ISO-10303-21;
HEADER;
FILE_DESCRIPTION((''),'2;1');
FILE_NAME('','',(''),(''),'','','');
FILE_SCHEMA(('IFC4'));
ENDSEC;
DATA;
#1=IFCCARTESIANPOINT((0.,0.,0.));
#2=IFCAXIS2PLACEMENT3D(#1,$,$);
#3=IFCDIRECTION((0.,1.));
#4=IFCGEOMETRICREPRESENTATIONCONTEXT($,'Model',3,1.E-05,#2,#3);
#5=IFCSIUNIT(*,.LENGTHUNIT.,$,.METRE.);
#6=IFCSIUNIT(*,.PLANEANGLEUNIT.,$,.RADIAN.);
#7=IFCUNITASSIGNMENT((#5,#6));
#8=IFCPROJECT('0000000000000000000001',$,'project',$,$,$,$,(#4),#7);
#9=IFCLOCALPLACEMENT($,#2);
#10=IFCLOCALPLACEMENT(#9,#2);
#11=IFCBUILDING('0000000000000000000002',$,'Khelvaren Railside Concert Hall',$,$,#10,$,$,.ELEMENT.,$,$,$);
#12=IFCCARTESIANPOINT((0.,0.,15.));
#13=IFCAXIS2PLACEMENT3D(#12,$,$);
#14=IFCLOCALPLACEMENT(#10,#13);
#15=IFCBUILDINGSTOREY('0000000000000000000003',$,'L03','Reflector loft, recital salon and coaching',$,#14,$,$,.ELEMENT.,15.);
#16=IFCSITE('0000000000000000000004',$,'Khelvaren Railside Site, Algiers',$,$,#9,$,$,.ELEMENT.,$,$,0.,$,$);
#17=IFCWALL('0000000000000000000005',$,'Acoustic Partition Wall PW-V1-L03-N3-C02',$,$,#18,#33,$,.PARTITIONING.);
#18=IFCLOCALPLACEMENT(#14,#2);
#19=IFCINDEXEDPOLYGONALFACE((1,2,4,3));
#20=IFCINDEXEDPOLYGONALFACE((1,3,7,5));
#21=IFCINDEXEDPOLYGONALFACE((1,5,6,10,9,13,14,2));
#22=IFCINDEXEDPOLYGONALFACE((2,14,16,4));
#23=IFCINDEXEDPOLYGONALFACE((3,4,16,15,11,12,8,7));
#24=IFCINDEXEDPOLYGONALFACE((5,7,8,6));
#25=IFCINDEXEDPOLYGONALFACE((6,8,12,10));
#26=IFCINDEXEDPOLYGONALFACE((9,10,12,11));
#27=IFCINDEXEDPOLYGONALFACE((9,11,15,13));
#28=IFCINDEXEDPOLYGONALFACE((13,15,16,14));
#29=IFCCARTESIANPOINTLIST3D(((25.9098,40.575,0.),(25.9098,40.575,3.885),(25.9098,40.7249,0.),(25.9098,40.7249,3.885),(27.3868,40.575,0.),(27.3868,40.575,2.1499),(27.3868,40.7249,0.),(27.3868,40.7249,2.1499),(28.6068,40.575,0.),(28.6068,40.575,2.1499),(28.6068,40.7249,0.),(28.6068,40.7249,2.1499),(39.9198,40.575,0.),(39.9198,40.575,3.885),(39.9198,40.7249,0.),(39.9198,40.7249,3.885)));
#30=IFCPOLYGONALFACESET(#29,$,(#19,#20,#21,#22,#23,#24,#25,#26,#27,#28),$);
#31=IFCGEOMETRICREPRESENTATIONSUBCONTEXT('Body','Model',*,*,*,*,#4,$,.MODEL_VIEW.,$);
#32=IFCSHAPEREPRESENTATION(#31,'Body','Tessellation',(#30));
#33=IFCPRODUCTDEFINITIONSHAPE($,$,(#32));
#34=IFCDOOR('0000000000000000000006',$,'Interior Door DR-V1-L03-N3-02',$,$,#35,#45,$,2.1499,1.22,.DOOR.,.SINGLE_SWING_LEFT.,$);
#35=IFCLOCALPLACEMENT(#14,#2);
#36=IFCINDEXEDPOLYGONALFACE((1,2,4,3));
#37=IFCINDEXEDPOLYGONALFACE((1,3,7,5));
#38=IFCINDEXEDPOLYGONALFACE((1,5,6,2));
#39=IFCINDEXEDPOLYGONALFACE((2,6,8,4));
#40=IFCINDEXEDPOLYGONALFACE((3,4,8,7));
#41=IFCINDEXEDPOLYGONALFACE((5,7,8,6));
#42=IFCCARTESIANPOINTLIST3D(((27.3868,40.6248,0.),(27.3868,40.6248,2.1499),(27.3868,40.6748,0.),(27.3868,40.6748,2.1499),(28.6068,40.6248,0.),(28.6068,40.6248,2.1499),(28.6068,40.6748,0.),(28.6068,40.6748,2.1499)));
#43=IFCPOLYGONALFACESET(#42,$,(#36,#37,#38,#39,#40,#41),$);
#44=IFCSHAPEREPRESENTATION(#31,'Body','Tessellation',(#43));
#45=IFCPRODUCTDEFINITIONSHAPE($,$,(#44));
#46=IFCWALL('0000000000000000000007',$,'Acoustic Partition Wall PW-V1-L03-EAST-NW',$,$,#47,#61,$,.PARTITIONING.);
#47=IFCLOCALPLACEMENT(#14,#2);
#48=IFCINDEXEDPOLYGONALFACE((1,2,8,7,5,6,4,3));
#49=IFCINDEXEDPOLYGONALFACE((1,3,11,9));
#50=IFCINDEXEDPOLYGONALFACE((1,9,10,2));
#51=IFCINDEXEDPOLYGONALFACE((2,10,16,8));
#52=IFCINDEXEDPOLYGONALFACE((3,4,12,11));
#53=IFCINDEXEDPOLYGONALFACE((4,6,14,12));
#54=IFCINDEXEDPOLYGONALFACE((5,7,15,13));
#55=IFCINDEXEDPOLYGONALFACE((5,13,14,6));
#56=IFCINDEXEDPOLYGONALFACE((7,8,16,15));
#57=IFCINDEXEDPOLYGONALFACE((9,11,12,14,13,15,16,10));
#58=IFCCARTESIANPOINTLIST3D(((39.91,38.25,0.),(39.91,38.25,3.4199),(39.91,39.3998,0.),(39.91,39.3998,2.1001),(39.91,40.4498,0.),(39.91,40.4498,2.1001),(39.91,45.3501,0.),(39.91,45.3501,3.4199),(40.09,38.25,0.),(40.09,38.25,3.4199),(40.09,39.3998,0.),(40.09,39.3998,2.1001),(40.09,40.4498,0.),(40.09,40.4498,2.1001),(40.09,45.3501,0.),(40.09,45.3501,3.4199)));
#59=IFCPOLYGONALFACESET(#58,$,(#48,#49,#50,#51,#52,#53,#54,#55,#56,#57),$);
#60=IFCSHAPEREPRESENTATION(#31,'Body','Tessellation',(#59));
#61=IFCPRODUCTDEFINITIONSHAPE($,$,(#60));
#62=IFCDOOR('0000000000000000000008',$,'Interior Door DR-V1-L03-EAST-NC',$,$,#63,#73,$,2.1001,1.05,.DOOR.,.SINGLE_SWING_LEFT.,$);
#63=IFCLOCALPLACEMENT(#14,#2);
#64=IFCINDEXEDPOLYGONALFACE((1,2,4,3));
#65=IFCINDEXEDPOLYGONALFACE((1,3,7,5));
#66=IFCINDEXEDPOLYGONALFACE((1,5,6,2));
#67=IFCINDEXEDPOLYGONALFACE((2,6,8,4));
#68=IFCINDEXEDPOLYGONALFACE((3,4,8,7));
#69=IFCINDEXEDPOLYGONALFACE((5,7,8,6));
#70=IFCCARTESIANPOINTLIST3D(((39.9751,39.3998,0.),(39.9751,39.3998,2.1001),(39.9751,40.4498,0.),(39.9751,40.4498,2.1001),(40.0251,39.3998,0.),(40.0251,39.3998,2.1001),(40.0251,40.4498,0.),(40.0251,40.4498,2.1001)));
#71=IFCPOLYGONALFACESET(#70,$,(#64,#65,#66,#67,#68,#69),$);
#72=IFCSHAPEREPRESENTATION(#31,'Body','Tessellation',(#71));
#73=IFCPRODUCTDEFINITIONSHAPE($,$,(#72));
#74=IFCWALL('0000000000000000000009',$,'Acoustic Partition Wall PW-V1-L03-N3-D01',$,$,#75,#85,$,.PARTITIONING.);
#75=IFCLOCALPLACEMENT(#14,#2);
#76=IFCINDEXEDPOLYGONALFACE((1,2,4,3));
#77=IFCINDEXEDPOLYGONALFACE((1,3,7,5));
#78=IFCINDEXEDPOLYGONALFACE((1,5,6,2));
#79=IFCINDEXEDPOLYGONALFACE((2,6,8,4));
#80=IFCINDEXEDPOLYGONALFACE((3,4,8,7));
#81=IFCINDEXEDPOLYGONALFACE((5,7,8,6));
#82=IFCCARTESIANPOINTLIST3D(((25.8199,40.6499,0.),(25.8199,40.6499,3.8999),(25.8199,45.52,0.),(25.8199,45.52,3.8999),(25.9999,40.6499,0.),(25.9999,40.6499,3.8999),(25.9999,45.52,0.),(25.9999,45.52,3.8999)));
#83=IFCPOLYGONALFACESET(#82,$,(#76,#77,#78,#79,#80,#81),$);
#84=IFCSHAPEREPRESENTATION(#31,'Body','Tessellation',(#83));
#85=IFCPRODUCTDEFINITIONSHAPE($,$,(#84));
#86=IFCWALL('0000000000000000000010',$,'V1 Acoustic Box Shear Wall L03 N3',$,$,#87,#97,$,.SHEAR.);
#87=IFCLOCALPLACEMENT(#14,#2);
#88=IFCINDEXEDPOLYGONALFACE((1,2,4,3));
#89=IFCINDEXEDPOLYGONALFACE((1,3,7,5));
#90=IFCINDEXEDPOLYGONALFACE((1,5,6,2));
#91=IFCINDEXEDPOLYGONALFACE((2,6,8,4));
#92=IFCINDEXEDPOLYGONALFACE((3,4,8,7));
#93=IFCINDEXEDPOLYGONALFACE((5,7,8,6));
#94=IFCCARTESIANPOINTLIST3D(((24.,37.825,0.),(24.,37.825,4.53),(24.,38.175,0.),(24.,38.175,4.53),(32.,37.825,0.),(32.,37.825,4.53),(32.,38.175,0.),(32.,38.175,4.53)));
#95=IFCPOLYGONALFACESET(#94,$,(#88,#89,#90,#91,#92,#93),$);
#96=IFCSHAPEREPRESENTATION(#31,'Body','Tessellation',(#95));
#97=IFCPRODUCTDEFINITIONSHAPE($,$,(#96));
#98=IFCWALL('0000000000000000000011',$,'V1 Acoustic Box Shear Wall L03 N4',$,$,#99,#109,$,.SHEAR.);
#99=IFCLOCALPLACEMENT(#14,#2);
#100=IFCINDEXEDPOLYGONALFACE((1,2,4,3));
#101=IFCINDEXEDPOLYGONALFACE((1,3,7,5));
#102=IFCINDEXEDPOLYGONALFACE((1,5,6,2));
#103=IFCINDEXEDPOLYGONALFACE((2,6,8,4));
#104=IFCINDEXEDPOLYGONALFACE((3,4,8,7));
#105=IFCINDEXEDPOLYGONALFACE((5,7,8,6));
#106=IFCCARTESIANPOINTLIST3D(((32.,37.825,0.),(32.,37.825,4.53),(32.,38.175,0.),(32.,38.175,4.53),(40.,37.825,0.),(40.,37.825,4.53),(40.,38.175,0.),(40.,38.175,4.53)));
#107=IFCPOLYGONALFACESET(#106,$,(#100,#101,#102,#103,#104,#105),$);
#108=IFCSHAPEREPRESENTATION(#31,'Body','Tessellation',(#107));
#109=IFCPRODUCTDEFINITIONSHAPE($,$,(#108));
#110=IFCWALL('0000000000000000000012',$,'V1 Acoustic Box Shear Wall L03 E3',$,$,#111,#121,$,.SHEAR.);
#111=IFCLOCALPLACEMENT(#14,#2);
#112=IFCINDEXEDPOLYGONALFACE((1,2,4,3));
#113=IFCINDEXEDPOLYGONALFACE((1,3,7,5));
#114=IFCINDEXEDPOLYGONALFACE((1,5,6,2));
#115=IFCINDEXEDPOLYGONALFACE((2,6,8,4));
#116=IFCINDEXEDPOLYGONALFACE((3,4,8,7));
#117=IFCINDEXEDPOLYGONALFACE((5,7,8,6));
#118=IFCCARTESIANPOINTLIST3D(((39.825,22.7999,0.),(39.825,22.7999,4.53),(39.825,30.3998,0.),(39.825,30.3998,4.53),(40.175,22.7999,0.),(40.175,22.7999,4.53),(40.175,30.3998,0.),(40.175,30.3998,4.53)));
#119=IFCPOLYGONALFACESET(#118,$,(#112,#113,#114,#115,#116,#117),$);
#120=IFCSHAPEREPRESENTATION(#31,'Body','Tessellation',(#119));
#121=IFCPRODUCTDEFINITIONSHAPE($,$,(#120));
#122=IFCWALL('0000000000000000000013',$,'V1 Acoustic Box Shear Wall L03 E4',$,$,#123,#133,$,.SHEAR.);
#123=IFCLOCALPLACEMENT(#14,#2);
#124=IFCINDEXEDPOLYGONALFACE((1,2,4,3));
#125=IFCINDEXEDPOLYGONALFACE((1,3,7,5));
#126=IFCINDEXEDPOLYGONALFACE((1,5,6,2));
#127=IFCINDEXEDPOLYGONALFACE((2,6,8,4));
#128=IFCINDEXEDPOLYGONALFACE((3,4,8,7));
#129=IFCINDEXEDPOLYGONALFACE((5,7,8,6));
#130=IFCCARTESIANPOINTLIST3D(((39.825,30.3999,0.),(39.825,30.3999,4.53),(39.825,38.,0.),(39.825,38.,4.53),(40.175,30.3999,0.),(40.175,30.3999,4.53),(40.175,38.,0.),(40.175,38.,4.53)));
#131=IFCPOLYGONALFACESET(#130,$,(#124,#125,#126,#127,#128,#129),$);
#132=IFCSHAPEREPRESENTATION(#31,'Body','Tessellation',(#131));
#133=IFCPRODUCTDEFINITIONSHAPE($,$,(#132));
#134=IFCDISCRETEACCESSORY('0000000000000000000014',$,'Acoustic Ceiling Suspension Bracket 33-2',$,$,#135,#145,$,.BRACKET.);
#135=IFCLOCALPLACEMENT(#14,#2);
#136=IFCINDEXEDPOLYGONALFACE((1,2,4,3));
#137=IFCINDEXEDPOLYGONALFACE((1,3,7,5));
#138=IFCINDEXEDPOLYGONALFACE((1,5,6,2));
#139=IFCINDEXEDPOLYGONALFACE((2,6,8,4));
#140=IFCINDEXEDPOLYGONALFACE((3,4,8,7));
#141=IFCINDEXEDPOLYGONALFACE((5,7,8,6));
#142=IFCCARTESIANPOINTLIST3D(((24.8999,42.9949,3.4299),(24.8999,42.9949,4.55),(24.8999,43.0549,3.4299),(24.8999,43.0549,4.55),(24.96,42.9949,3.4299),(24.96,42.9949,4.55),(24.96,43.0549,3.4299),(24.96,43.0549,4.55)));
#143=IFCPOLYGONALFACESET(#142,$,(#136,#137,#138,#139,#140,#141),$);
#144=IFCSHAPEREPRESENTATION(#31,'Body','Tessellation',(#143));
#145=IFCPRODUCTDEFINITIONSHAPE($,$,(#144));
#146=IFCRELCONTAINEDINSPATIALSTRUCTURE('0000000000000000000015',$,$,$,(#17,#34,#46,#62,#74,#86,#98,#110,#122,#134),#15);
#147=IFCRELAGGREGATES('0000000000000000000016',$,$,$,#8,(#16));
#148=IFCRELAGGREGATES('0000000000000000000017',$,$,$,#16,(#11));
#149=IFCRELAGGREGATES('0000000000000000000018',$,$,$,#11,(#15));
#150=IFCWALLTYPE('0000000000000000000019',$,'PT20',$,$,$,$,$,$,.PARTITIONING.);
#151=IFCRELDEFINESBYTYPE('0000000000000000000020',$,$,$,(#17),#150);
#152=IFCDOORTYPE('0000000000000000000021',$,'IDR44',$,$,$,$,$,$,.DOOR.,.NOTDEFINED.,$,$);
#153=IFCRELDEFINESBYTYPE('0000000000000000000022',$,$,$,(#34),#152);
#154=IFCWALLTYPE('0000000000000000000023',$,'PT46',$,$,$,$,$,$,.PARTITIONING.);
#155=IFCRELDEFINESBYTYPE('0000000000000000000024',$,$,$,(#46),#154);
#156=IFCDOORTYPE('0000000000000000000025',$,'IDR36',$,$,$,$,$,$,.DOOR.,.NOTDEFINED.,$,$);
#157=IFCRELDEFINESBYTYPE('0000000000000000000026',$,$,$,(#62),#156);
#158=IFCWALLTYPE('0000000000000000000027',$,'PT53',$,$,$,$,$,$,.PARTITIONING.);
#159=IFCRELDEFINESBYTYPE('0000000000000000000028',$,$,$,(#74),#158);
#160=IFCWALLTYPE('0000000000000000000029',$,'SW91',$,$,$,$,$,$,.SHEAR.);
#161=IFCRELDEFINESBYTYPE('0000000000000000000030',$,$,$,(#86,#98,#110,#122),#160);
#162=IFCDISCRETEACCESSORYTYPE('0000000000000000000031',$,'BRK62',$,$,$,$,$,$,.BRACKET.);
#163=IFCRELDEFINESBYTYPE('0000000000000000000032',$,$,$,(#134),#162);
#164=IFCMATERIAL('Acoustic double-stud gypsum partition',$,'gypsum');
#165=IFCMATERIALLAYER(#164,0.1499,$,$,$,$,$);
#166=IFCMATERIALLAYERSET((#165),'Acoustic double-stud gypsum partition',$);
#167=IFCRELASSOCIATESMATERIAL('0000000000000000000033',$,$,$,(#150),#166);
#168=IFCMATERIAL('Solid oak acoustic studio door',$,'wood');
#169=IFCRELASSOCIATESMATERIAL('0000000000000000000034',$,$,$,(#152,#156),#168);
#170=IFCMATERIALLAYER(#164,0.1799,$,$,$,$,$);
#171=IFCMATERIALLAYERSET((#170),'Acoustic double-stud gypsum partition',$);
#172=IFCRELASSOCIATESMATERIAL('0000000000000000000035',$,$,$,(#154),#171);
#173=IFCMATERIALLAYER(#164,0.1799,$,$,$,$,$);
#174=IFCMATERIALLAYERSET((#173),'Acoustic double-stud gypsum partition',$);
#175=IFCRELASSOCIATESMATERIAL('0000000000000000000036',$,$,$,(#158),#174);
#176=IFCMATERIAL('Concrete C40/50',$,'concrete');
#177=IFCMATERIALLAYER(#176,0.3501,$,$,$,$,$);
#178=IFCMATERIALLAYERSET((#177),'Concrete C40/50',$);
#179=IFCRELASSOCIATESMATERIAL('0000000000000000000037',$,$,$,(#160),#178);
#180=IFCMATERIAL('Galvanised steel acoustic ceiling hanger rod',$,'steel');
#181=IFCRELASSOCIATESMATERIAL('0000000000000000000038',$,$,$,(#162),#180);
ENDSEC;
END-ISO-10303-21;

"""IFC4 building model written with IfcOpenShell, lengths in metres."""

from ifc_helpers import new_model, si_unit, direction, frame, frame_2d, origin, origin_2d, place, context, subcontext, project, spatial, rectangle, extrude, material, layer, layer_set, type_object, element, fill, save


model = new_model("IFC4")

# Units and contexts
model_context = context("Model", 3, precision=1e-05, world=origin(), true_north=direction((0.0, 1.0)))
body_context = subcontext(model_context, "Body", "Model", "MODEL_VIEW")
ifc_project = project(units=[si_unit("LENGTHUNIT", "METRE"), si_unit("PLANEANGLEUNIT", "RADIAN")], contexts=[model_context])

# Site, building, storey
site_placement = place(None, origin())
site = spatial("IfcSite", under=ifc_project, at=site_placement, Name="Khelvaren Railside Site, Algiers", CompositionType="ELEMENT", RefElevation=0.0)
building_placement = place(site_placement, origin())
building = spatial("IfcBuilding", under=site, at=building_placement, Name="Khelvaren Railside Concert Hall", CompositionType="ELEMENT")
storey_placement = place(building_placement, frame((0.0, 0.0, 15.0)))
storey = spatial("IfcBuildingStorey", under=building, at=storey_placement, Name="L03", Description="Reflector loft, recital salon and coaching", CompositionType="ELEMENT", Elevation=15.0)

# Shared definitions
ifc_material_1 = material(Name="Concrete C40/50", Category="concrete")

# Walls, openings, doors
ifc_material_2 = material(Name="Acoustic double-stud gypsum partition", Category="gypsum")
ifc_layer_1 = layer(ifc_material_2, 0.1499)
ifc_layer_set_1 = layer_set([ifc_layer_1], Name="Acoustic double-stud gypsum partition")
wall_type_1 = type_object("IfcWallType", Name="PT20", PredefinedType="PARTITIONING", material=ifc_layer_set_1)
wall_1_placement = place(storey_placement, frame((25.9099, 40.6499, 0.0), z_axis=(0.0, 0.0, 1.0), x_axis=(1.0, 0.0, 0.0)))
wall_1 = element("IfcWall", 1, at=wall_1_placement, inside=storey, type_object=wall_type_1, Name="Acoustic Partition Wall PW-V1-L03-N3-C02", PredefinedType="PARTITIONING", context=body_context, shape_type="SweptSolid", body=[
    extrude(rectangle(XDim=14.01, YDim=0.1499, at=frame_2d((7.0049, 0.0))), origin(), (0.0, 0.0, 1.0), 3.885),
])
opening_1_placement = place(wall_1_placement, frame((1.4771, 0.0, 0.0)))
opening_1 = element("IfcOpeningElement", 2, at=opening_1_placement, cuts=wall_1, PredefinedType="OPENING", context=body_context, shape_type="SweptSolid", body=[
    extrude(rectangle(XDim=1.22, YDim=2.1499, at=frame_2d((0.6099, 1.075))), frame((0.0, 0.085, 0.0), z_axis=(0.0, -1.0, 0.0), x_axis=(1.0, 0.0, 0.0)), (0.0, 0.0, 1.0), 0.1699),
])
ifc_material_3 = material(Name="Solid oak acoustic studio door", Category="wood")
door_type_1 = type_object("IfcDoorType", Name="IDR44", OperationType="NOTDEFINED", PredefinedType="DOOR", material=ifc_material_3)
door_1_placement = place(opening_1_placement, origin())
door_1 = element("IfcDoor", 3, at=door_1_placement, inside=storey, type_object=door_type_1, Name="Interior Door DR-V1-L03-N3-02", OperationType="SINGLE_SWING_LEFT", OverallHeight=2.1499, OverallWidth=1.22, PredefinedType="DOOR", context=body_context, shape_type="SweptSolid", body=[
    extrude(rectangle(XDim=1.22, YDim=2.1499, at=frame_2d((0.6099, 1.075))), frame((0.0, 0.0249, 0.0), z_axis=(0.0, -1.0, 0.0), x_axis=(1.0, 0.0, 0.0)), (0.0, 0.0, 1.0), 0.05),
])
fill(opening_1, door_1)
ifc_layer_2 = layer(ifc_material_2, 0.1799)
ifc_layer_set_2 = layer_set([ifc_layer_2], Name="Acoustic double-stud gypsum partition")
wall_type_2 = type_object("IfcWallType", Name="PT46", PredefinedType="PARTITIONING", material=ifc_layer_set_2)
wall_2_placement = place(storey_placement, frame((40.0, 38.25, 0.0), z_axis=(0.0, 0.0, 1.0), x_axis=(0.0, 1.0, 0.0)))
wall_2 = element("IfcWall", 4, at=wall_2_placement, inside=storey, type_object=wall_type_2, Name="Acoustic Partition Wall PW-V1-L03-EAST-NW", PredefinedType="PARTITIONING", context=body_context, shape_type="SweptSolid", body=[
    extrude(rectangle(XDim=7.1001, YDim=0.1799, at=frame_2d((3.55, 0.0))), origin(), (0.0, 0.0, 1.0), 3.4199),
])
opening_2_placement = place(wall_2_placement, frame((1.1499, 0.0, 0.0)))
opening_2 = element("IfcOpeningElement", 5, at=opening_2_placement, cuts=wall_2, PredefinedType="OPENING", context=body_context, shape_type="SweptSolid", body=[
    extrude(rectangle(XDim=1.05, YDim=2.1001, at=frame_2d((0.5249, 1.05))), frame((0.0, 0.0999, 0.0), z_axis=(0.0, -1.0, 0.0), x_axis=(1.0, 0.0, 0.0)), (0.0, 0.0, 1.0), 0.2),
])
door_type_2 = type_object("IfcDoorType", Name="IDR36", OperationType="NOTDEFINED", PredefinedType="DOOR", material=ifc_material_3)
door_2_placement = place(opening_2_placement, origin())
door_2 = element("IfcDoor", 6, at=door_2_placement, inside=storey, type_object=door_type_2, Name="Interior Door DR-V1-L03-EAST-NC", OperationType="SINGLE_SWING_LEFT", OverallHeight=2.1001, OverallWidth=1.05, PredefinedType="DOOR", context=body_context, shape_type="SweptSolid", body=[
    extrude(rectangle(XDim=1.05, YDim=2.1001, at=frame_2d((0.5249, 1.05))), frame((0.0, 0.0249, 0.0), z_axis=(0.0, -1.0, 0.0), x_axis=(1.0, 0.0, 0.0)), (0.0, 0.0, 1.0), 0.05),
])
fill(opening_2, door_2)

# Walls
ifc_layer_3 = layer(ifc_material_2, 0.1799)
ifc_layer_set_3 = layer_set([ifc_layer_3], Name="Acoustic double-stud gypsum partition")
wall_type_3 = type_object("IfcWallType", Name="PT53", PredefinedType="PARTITIONING", material=ifc_layer_set_3)
wall_3_placement = place(storey_placement, frame((25.9099, 40.6499, 0.0), z_axis=(0.0, 0.0, 1.0), x_axis=(0.0, 1.0, 0.0)))
element("IfcWall", 7, at=wall_3_placement, inside=storey, type_object=wall_type_3, Name="Acoustic Partition Wall PW-V1-L03-N3-D01", PredefinedType="PARTITIONING", context=body_context, shape_type="SweptSolid", body=[
    extrude(rectangle(XDim=4.8701, YDim=0.1799, at=frame_2d((2.4351, 0.0))), origin(), (0.0, 0.0, 1.0), 3.8999),
])
ifc_layer_4 = layer(ifc_material_1, 0.3501)
ifc_layer_set_4 = layer_set([ifc_layer_4], Name="Concrete C40/50")
wall_type_4 = type_object("IfcWallType", Name="SW91", PredefinedType="SHEAR", material=ifc_layer_set_4)
for number, where, z_axis, x_axis, name in (
    (8, (24.0, 38.0, 0.0), (0.0, 0.0, 1.0), (1.0, 0.0, 0.0), "V1 Acoustic Box Shear Wall L03 N3"),
    (9, (32.0, 38.0, 0.0), (0.0, 0.0, 1.0), (1.0, 0.0, 0.0), "V1 Acoustic Box Shear Wall L03 N4"),
):
    element("IfcWall", number, at=place(storey_placement, frame(where, z_axis=z_axis, x_axis=x_axis)), inside=storey, type_object=wall_type_4, Name=name, PredefinedType="SHEAR", context=body_context, shape_type="SweptSolid", body=[
        extrude(rectangle(XDim=8.0, YDim=0.3501, at=frame_2d((4.0, 0.0))), origin(), (0.0, 0.0, 1.0), 4.53),
    ])
wall_4_placement = place(storey_placement, frame((40.0, 22.8, 0.0), z_axis=(0.0, 0.0, 1.0), x_axis=(0.0, 1.0, 0.0)))
element("IfcWall", 10, at=wall_4_placement, inside=storey, type_object=wall_type_4, Name="V1 Acoustic Box Shear Wall L03 E3", PredefinedType="SHEAR", context=body_context, shape_type="SweptSolid", body=[
    extrude(rectangle(XDim=7.5999, YDim=0.3501, at=frame_2d((3.7998, 0.0))), origin(), (0.0, 0.0, 1.0), 4.53),
])
wall_5_placement = place(storey_placement, frame((40.0, 30.3999, 0.0), z_axis=(0.0, 0.0, 1.0), x_axis=(0.0, 1.0, 0.0)))
element("IfcWall", 11, at=wall_5_placement, inside=storey, type_object=wall_type_4, Name="V1 Acoustic Box Shear Wall L03 E4", PredefinedType="SHEAR", context=body_context, shape_type="SweptSolid", body=[
    extrude(rectangle(XDim=7.6001, YDim=0.3501, at=frame_2d((3.8, 0.0))), origin(), (0.0, 0.0, 1.0), 4.53),
])

# Discrete accessory
ifc_material_4 = material(Name="Galvanised steel acoustic ceiling hanger rod", Category="steel")
discrete_accessory_type = type_object("IfcDiscreteAccessoryType", Name="BRK62", PredefinedType="BRACKET", material=ifc_material_4)
discrete_accessory_placement = place(storey_placement, frame((24.9299, 43.0249, 3.4299), z_axis=(0.0, 0.0, 1.0), x_axis=(1.0, 0.0, 0.0)))
element("IfcDiscreteAccessory", 12, at=discrete_accessory_placement, inside=storey, type_object=discrete_accessory_type, Name="Acoustic Ceiling Suspension Bracket 33-2", PredefinedType="BRACKET", context=body_context, shape_type="SweptSolid", body=[
    extrude(rectangle(XDim=0.0601, YDim=0.0601, at=origin_2d()), origin(), (0.0, 0.0, 1.0), 1.1201),
])

save(model, "model.ifc")
